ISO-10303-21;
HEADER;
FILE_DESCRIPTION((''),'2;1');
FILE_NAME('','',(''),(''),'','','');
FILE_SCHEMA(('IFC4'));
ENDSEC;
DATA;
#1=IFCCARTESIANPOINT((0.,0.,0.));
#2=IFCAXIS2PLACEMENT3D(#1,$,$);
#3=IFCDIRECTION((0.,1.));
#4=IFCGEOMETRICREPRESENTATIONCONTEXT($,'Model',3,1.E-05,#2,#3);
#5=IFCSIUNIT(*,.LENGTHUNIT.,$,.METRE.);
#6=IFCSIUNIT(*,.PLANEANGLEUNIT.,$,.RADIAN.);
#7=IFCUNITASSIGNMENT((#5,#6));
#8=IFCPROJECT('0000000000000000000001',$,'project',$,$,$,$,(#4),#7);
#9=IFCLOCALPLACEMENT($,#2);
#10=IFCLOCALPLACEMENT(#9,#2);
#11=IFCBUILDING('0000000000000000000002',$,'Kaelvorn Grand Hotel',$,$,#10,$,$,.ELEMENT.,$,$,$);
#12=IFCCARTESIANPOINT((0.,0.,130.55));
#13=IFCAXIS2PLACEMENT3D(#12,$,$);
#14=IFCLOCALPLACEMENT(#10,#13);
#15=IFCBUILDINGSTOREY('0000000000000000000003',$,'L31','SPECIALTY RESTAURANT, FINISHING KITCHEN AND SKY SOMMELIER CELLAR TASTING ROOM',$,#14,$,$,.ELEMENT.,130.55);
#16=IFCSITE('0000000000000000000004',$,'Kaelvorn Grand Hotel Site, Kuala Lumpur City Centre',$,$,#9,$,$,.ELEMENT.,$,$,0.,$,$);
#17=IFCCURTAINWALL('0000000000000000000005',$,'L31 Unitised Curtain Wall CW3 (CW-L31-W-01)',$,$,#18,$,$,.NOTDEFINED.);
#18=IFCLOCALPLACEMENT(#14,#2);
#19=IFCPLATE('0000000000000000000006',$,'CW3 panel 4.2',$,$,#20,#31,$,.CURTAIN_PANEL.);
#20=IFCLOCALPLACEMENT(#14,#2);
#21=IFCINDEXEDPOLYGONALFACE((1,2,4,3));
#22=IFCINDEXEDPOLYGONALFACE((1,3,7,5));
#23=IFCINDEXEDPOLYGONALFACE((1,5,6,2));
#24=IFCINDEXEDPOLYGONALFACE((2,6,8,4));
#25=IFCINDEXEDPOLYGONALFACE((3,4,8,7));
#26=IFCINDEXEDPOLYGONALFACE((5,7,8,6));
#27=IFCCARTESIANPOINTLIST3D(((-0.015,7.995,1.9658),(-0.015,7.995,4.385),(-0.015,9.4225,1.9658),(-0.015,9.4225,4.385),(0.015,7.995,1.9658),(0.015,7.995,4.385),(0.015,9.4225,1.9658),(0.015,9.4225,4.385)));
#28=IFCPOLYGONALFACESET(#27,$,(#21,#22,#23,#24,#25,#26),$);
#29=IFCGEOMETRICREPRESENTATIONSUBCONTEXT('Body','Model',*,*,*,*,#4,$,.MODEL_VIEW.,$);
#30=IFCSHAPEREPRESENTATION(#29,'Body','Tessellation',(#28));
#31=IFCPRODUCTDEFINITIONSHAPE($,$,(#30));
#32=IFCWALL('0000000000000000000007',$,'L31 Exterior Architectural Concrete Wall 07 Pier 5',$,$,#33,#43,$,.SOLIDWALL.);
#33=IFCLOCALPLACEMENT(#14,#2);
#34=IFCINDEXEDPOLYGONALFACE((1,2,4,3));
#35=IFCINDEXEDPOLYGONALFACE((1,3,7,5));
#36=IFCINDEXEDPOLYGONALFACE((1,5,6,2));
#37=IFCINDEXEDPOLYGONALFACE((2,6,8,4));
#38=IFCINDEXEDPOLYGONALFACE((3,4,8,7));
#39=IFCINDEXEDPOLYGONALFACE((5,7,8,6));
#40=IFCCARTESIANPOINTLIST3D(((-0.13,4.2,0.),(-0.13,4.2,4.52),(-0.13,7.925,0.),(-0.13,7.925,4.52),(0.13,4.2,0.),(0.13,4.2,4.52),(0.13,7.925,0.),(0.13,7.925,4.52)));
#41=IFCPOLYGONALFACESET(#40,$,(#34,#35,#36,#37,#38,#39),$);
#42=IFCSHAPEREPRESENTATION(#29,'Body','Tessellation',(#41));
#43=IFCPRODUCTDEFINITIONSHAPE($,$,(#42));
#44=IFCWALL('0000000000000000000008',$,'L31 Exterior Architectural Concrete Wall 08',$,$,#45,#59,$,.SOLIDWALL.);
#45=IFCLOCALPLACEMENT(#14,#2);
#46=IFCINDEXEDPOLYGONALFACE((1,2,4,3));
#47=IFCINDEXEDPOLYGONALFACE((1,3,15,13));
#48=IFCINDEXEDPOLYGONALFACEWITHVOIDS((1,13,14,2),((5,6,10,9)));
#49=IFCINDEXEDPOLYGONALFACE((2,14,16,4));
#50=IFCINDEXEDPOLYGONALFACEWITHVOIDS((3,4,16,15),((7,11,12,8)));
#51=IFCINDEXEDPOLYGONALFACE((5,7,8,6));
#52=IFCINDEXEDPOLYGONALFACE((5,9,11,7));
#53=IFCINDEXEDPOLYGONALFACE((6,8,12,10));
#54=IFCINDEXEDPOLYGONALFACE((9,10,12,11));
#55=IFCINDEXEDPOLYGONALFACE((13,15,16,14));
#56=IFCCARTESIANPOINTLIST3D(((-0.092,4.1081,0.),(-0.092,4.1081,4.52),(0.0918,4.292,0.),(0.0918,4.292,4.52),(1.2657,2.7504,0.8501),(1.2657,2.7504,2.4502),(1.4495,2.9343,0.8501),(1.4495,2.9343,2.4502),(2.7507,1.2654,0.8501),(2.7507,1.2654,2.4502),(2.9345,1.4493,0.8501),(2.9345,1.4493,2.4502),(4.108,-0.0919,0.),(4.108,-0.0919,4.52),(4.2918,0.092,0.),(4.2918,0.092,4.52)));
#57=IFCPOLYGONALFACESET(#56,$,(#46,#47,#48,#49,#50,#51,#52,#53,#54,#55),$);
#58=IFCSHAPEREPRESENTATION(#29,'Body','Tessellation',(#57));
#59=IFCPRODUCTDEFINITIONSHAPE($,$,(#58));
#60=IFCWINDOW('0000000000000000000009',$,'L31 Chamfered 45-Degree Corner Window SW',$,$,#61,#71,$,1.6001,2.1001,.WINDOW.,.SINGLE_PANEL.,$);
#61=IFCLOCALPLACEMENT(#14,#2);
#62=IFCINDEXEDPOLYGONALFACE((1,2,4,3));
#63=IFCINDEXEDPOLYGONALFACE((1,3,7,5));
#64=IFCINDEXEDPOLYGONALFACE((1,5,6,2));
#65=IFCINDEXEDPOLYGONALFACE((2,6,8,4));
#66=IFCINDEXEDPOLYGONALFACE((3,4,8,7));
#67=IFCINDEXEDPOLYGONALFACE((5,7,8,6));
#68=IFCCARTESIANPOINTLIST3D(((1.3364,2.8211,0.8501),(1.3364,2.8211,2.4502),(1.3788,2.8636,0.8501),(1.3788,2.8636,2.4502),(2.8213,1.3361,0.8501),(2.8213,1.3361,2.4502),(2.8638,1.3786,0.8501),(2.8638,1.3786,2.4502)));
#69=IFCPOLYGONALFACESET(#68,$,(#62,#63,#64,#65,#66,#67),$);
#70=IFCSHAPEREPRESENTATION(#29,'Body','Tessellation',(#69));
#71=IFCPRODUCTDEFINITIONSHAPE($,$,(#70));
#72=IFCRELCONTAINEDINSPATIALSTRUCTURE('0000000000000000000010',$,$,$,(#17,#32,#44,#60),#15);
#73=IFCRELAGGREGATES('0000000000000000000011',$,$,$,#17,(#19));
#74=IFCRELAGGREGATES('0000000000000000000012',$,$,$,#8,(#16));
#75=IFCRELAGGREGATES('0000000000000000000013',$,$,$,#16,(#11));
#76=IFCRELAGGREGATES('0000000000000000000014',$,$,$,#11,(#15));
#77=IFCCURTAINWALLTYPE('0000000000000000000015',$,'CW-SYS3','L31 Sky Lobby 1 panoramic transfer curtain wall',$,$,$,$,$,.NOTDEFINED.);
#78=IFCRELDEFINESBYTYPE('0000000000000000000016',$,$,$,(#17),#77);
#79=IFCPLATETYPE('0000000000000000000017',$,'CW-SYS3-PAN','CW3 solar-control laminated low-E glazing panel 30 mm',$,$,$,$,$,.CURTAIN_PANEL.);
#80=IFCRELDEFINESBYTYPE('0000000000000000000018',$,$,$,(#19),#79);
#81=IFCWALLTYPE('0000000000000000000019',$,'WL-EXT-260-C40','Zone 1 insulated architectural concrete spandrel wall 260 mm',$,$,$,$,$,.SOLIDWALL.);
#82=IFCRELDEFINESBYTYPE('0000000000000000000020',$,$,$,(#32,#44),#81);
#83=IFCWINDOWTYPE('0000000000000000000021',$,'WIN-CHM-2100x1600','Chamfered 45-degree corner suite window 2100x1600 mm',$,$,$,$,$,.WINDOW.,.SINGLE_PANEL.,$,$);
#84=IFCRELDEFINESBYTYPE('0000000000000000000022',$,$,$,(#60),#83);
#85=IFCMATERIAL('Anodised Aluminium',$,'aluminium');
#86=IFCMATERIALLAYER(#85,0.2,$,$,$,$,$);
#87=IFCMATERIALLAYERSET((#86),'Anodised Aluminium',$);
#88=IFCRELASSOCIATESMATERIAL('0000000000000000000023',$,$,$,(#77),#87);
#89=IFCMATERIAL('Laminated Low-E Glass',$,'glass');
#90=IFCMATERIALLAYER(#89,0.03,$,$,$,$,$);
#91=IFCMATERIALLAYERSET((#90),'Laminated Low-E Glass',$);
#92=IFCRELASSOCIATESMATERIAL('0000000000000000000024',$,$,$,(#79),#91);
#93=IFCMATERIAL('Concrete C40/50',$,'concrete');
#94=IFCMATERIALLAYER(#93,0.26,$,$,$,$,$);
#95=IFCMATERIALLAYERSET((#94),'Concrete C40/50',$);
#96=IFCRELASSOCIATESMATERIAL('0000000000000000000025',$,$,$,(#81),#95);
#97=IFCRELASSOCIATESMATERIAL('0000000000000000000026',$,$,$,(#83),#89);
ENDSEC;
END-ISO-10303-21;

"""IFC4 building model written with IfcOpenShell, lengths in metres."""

from ifc_helpers import new_model, si_unit, direction, frame, frame_2d, origin, origin_2d, place, context, subcontext, project, spatial, rectangle, extrude, material, layer, layer_set, type_object, element, fill, aggregate, save


model = new_model("IFC4")

# Units and contexts
model_context = context("Model", 3, precision=1e-05, world=origin(), true_north=direction((0.0, 1.0)))
body_context = subcontext(model_context, "Body", "Model", "MODEL_VIEW")
ifc_project = project(units=[si_unit("LENGTHUNIT", "METRE"), si_unit("PLANEANGLEUNIT", "RADIAN")], contexts=[model_context])

# Site, building, storey
site_placement = place(None, origin())
site = spatial("IfcSite", under=ifc_project, at=site_placement, Name="Kaelvorn Grand Hotel Site, Kuala Lumpur City Centre", CompositionType="ELEMENT", RefElevation=0.0)
building_placement = place(site_placement, origin())
building = spatial("IfcBuilding", under=site, at=building_placement, Name="Kaelvorn Grand Hotel", CompositionType="ELEMENT")
storey_placement = place(building_placement, frame((0.0, 0.0, 130.55)))
storey = spatial("IfcBuildingStorey", under=building, at=storey_placement, Name="L31", Description="SPECIALTY RESTAURANT, FINISHING KITCHEN AND SKY SOMMELIER CELLAR TASTING ROOM", CompositionType="ELEMENT", Elevation=130.55)

# Curtain wall, plate
ifc_material_1 = material(Name="Anodised Aluminium", Category="aluminium")
ifc_layer_1 = layer(ifc_material_1, 0.2)
ifc_layer_set_1 = layer_set([ifc_layer_1], Name="Anodised Aluminium")
curtain_wall_type = type_object("IfcCurtainWallType", Name="CW-SYS3", Description="L31 Sky Lobby 1 panoramic transfer curtain wall", PredefinedType="NOTDEFINED", material=ifc_layer_set_1)
curtain_wall_placement = place(storey_placement, origin())
curtain_wall = element("IfcCurtainWall", 1, at=curtain_wall_placement, inside=storey, type_object=curtain_wall_type, Name="L31 Unitised Curtain Wall CW3 (CW-L31-W-01)", PredefinedType="NOTDEFINED")
ifc_material_2 = material(Name="Laminated Low-E Glass", Category="glass")
ifc_layer_2 = layer(ifc_material_2, 0.03)
ifc_layer_set_2 = layer_set([ifc_layer_2], Name="Laminated Low-E Glass")
plate_type = type_object("IfcPlateType", Name="CW-SYS3-PAN", Description="CW3 solar-control laminated low-E glazing panel 30 mm", PredefinedType="CURTAIN_PANEL", material=ifc_layer_set_2)
plate_1_placement = place(storey_placement, frame((0.0, 8.7087, 1.9658), z_axis=(0.0, 0.0, 1.0), x_axis=(0.0, -1.0, 0.0)))
plate_1 = element("IfcPlate", 2, at=plate_1_placement, type_object=plate_type, Name="CW3 panel 4.2", PredefinedType="CURTAIN_PANEL", context=body_context, shape_type="SweptSolid", body=[
    extrude(rectangle(XDim=1.4275, YDim=0.03, at=origin_2d()), origin(), (0.0, 0.0, 1.0), 2.4192),
])
aggregate(curtain_wall, [plate_1])

# Wall
ifc_material_3 = material(Name="Concrete C40/50", Category="concrete")
ifc_layer_3 = layer(ifc_material_3, 0.26)
ifc_layer_set_3 = layer_set([ifc_layer_3], Name="Concrete C40/50")
wall_type = type_object("IfcWallType", Name="WL-EXT-260-C40", Description="Zone 1 insulated architectural concrete spandrel wall 260 mm", PredefinedType="SOLIDWALL", material=ifc_layer_set_3)
wall_1_placement = place(storey_placement, frame((0.0, 7.925, 0.0), z_axis=(0.0, 0.0, 1.0), x_axis=(0.0, -1.0, 0.0)))
element("IfcWall", 3, at=wall_1_placement, inside=storey, type_object=wall_type, Name="L31 Exterior Architectural Concrete Wall 07 Pier 5", PredefinedType="SOLIDWALL", context=body_context, shape_type="SweptSolid", body=[
    extrude(rectangle(XDim=3.7251, YDim=0.26, at=frame_2d((1.8625, 0.0))), origin(), (0.0, 0.0, 1.0), 4.52),
])

# Wall, opening, window
wall_2_placement = place(storey_placement, frame((0.0, 4.2, 0.0), z_axis=(0.0, 0.0, 1.0), x_axis=(0.707107, -0.707107, 0.0)))
wall_2 = element("IfcWall", 4, at=wall_2_placement, inside=storey, type_object=wall_type, Name="L31 Exterior Architectural Concrete Wall 08", PredefinedType="SOLIDWALL", context=body_context, shape_type="SweptSolid", body=[
    extrude(rectangle(XDim=5.9397, YDim=0.26, at=frame_2d((2.9697, 0.0))), origin(), (0.0, 0.0, 1.0), 4.52),
])
opening_placement = place(wall_2_placement, frame((1.9199, 0.0, 0.8501)))
opening = element("IfcOpeningElement", 5, at=opening_placement, cuts=wall_2, PredefinedType="OPENING", context=body_context, shape_type="SweptSolid", body=[
    extrude(rectangle(XDim=2.1001, YDim=1.6001, at=frame_2d((1.05, 0.8))), frame((0.0, 0.1401, 0.0), z_axis=(0.0, -1.0, 0.0), x_axis=(1.0, 0.0, 0.0)), (0.0, 0.0, 1.0), 0.28),
])
window_type = type_object("IfcWindowType", Name="WIN-CHM-2100x1600", Description="Chamfered 45-degree corner suite window 2100x1600 mm", PartitioningType="SINGLE_PANEL", PredefinedType="WINDOW", material=ifc_material_2)
window_placement = place(opening_placement, origin())
window = element("IfcWindow", 6, at=window_placement, inside=storey, type_object=window_type, Name="L31 Chamfered 45-Degree Corner Window SW", OverallHeight=1.6001, OverallWidth=2.1001, PartitioningType="SINGLE_PANEL", PredefinedType="WINDOW", context=body_context, shape_type="SweptSolid", body=[
    extrude(rectangle(XDim=2.1001, YDim=1.6001, at=frame_2d((1.05, 0.8))), frame((0.0, 0.03, 0.0), z_axis=(0.0, -1.0, 0.0), x_axis=(1.0, 0.0, 0.0)), (0.0, 0.0, 1.0), 0.0601),
])
fill(opening, window)

save(model, "model.ifc")
